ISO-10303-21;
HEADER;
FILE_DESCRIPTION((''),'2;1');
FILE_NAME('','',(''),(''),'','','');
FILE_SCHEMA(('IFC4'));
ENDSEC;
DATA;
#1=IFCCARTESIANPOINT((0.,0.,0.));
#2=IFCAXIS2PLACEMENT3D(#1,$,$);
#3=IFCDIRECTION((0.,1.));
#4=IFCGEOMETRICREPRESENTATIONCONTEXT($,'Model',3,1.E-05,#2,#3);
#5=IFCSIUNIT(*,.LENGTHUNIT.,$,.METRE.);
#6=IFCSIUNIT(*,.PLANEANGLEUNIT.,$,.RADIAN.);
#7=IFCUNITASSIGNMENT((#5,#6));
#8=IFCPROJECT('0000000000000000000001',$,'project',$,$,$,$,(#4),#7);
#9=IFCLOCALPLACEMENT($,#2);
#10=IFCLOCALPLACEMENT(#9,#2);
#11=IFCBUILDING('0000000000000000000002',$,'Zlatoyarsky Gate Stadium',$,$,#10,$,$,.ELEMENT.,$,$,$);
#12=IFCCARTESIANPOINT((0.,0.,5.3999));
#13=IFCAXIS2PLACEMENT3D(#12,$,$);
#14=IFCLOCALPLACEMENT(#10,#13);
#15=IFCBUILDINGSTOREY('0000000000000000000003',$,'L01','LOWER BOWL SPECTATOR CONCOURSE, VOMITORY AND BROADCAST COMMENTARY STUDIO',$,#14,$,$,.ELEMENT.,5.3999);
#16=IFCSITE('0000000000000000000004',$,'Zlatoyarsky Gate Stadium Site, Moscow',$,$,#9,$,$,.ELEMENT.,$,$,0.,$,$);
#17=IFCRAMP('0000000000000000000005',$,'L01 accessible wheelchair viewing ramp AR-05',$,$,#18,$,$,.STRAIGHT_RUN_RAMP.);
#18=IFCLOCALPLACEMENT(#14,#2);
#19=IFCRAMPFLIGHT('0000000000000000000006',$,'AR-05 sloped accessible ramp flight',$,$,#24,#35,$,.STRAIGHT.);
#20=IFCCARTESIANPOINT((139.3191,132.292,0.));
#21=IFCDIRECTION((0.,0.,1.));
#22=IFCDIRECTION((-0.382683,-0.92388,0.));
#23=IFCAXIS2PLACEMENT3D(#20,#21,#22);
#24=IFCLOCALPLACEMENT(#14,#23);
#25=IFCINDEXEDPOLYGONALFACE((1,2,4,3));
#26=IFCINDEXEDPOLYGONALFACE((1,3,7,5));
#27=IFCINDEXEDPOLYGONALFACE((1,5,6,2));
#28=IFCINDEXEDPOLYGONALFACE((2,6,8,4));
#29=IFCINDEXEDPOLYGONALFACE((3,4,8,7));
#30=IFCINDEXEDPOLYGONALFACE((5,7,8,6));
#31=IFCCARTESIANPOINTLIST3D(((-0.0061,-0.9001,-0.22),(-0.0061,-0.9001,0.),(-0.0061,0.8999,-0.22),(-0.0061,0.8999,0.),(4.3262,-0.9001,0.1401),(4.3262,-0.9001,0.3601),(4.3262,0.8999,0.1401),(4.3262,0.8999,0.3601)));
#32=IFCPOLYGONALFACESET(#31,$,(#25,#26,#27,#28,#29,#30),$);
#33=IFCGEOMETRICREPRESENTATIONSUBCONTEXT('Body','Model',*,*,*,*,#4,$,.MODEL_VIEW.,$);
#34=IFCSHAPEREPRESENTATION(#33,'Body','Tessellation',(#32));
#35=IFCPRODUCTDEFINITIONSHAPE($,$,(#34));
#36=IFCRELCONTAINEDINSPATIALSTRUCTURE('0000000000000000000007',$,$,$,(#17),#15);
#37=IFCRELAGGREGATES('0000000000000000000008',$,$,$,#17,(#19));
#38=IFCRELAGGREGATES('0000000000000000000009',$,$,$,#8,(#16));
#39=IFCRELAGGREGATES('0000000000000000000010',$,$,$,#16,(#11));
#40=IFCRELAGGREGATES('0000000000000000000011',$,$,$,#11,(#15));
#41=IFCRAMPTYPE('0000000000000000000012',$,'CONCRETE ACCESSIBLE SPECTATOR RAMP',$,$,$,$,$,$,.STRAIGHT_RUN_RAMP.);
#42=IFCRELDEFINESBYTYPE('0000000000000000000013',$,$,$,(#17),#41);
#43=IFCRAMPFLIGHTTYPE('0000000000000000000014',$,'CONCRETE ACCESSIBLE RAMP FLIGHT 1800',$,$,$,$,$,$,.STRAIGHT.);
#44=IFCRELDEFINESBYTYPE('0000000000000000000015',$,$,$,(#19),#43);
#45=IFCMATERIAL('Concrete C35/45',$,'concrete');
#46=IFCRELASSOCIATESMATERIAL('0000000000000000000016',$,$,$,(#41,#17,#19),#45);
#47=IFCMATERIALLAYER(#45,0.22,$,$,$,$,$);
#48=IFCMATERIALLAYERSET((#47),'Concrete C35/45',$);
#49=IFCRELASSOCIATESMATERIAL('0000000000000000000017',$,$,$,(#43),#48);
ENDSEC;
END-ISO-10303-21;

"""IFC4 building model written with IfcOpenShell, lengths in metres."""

from ifc_helpers import new_model, si_unit, direction, frame, origin, place, context, subcontext, project, spatial, polyline, outline, extrude, material, layer, layer_set, type_object, element, aggregate, save


model = new_model("IFC4")

# Units and contexts
model_context = context("Model", 3, precision=1e-05, world=origin(), true_north=direction((0.0, 1.0)))
body_context = subcontext(model_context, "Body", "Model", "MODEL_VIEW")
ifc_project = project(units=[si_unit("LENGTHUNIT", "METRE"), si_unit("PLANEANGLEUNIT", "RADIAN")], contexts=[model_context])

# Site, building, storey
site_placement = place(None, origin())
site = spatial("IfcSite", under=ifc_project, at=site_placement, Name="Zlatoyarsky Gate Stadium Site, Moscow", CompositionType="ELEMENT", RefElevation=0.0)
building_placement = place(site_placement, origin())
building = spatial("IfcBuilding", under=site, at=building_placement, Name="Zlatoyarsky Gate Stadium", CompositionType="ELEMENT")
storey_placement = place(building_placement, frame((0.0, 0.0, 5.3999)))
storey = spatial("IfcBuildingStorey", under=building, at=storey_placement, Name="L01", Description="LOWER BOWL SPECTATOR CONCOURSE, VOMITORY AND BROADCAST COMMENTARY STUDIO", CompositionType="ELEMENT", Elevation=5.3999)

# Ramp, ramp flight
ifc_material_1 = material(Name="Concrete C35/45", Category="concrete")
ramp_type = type_object("IfcRampType", Name="CONCRETE ACCESSIBLE SPECTATOR RAMP", PredefinedType="STRAIGHT_RUN_RAMP", material=ifc_material_1)
ramp_placement = place(storey_placement, origin())
ramp = element("IfcRamp", 1, at=ramp_placement, inside=storey, type_object=ramp_type, material=ifc_material_1, Name="L01 accessible wheelchair viewing ramp AR-05", PredefinedType="STRAIGHT_RUN_RAMP")
ifc_layer_1 = layer(ifc_material_1, 0.22)
ifc_layer_set_1 = layer_set([ifc_layer_1], Name="Concrete C35/45")
ramp_flight_type = type_object("IfcRampFlightType", Name="CONCRETE ACCESSIBLE RAMP FLIGHT 1800", PredefinedType="STRAIGHT", material=ifc_layer_set_1)
ramp_flight_placement = place(storey_placement, frame((139.3191, 132.292, 0.0), z_axis=(0.0, 0.0, 1.0), x_axis=(-0.382683, -0.92388, 0.0)))
ramp_flight = element("IfcRampFlight", 2, at=ramp_flight_placement, type_object=ramp_flight_type, material=ifc_material_1, Name="AR-05 sloped accessible ramp flight", PredefinedType="STRAIGHT", context=body_context, shape_type="SweptSolid", body=[
    extrude(outline(polyline([(-0.0061, 0.0), (4.3262, 0.3601), (4.3262, 0.1401), (-0.0061, -0.22), (-0.0061, 0.0)])), frame((0.0, 0.8999, 0.0), z_axis=(0.0, -1.0, 0.0), x_axis=(1.0, 0.0, 0.0)), (0.0, 0.0, 1.0), 1.8),
])
aggregate(ramp, [ramp_flight])

save(model, "model.ifc")
